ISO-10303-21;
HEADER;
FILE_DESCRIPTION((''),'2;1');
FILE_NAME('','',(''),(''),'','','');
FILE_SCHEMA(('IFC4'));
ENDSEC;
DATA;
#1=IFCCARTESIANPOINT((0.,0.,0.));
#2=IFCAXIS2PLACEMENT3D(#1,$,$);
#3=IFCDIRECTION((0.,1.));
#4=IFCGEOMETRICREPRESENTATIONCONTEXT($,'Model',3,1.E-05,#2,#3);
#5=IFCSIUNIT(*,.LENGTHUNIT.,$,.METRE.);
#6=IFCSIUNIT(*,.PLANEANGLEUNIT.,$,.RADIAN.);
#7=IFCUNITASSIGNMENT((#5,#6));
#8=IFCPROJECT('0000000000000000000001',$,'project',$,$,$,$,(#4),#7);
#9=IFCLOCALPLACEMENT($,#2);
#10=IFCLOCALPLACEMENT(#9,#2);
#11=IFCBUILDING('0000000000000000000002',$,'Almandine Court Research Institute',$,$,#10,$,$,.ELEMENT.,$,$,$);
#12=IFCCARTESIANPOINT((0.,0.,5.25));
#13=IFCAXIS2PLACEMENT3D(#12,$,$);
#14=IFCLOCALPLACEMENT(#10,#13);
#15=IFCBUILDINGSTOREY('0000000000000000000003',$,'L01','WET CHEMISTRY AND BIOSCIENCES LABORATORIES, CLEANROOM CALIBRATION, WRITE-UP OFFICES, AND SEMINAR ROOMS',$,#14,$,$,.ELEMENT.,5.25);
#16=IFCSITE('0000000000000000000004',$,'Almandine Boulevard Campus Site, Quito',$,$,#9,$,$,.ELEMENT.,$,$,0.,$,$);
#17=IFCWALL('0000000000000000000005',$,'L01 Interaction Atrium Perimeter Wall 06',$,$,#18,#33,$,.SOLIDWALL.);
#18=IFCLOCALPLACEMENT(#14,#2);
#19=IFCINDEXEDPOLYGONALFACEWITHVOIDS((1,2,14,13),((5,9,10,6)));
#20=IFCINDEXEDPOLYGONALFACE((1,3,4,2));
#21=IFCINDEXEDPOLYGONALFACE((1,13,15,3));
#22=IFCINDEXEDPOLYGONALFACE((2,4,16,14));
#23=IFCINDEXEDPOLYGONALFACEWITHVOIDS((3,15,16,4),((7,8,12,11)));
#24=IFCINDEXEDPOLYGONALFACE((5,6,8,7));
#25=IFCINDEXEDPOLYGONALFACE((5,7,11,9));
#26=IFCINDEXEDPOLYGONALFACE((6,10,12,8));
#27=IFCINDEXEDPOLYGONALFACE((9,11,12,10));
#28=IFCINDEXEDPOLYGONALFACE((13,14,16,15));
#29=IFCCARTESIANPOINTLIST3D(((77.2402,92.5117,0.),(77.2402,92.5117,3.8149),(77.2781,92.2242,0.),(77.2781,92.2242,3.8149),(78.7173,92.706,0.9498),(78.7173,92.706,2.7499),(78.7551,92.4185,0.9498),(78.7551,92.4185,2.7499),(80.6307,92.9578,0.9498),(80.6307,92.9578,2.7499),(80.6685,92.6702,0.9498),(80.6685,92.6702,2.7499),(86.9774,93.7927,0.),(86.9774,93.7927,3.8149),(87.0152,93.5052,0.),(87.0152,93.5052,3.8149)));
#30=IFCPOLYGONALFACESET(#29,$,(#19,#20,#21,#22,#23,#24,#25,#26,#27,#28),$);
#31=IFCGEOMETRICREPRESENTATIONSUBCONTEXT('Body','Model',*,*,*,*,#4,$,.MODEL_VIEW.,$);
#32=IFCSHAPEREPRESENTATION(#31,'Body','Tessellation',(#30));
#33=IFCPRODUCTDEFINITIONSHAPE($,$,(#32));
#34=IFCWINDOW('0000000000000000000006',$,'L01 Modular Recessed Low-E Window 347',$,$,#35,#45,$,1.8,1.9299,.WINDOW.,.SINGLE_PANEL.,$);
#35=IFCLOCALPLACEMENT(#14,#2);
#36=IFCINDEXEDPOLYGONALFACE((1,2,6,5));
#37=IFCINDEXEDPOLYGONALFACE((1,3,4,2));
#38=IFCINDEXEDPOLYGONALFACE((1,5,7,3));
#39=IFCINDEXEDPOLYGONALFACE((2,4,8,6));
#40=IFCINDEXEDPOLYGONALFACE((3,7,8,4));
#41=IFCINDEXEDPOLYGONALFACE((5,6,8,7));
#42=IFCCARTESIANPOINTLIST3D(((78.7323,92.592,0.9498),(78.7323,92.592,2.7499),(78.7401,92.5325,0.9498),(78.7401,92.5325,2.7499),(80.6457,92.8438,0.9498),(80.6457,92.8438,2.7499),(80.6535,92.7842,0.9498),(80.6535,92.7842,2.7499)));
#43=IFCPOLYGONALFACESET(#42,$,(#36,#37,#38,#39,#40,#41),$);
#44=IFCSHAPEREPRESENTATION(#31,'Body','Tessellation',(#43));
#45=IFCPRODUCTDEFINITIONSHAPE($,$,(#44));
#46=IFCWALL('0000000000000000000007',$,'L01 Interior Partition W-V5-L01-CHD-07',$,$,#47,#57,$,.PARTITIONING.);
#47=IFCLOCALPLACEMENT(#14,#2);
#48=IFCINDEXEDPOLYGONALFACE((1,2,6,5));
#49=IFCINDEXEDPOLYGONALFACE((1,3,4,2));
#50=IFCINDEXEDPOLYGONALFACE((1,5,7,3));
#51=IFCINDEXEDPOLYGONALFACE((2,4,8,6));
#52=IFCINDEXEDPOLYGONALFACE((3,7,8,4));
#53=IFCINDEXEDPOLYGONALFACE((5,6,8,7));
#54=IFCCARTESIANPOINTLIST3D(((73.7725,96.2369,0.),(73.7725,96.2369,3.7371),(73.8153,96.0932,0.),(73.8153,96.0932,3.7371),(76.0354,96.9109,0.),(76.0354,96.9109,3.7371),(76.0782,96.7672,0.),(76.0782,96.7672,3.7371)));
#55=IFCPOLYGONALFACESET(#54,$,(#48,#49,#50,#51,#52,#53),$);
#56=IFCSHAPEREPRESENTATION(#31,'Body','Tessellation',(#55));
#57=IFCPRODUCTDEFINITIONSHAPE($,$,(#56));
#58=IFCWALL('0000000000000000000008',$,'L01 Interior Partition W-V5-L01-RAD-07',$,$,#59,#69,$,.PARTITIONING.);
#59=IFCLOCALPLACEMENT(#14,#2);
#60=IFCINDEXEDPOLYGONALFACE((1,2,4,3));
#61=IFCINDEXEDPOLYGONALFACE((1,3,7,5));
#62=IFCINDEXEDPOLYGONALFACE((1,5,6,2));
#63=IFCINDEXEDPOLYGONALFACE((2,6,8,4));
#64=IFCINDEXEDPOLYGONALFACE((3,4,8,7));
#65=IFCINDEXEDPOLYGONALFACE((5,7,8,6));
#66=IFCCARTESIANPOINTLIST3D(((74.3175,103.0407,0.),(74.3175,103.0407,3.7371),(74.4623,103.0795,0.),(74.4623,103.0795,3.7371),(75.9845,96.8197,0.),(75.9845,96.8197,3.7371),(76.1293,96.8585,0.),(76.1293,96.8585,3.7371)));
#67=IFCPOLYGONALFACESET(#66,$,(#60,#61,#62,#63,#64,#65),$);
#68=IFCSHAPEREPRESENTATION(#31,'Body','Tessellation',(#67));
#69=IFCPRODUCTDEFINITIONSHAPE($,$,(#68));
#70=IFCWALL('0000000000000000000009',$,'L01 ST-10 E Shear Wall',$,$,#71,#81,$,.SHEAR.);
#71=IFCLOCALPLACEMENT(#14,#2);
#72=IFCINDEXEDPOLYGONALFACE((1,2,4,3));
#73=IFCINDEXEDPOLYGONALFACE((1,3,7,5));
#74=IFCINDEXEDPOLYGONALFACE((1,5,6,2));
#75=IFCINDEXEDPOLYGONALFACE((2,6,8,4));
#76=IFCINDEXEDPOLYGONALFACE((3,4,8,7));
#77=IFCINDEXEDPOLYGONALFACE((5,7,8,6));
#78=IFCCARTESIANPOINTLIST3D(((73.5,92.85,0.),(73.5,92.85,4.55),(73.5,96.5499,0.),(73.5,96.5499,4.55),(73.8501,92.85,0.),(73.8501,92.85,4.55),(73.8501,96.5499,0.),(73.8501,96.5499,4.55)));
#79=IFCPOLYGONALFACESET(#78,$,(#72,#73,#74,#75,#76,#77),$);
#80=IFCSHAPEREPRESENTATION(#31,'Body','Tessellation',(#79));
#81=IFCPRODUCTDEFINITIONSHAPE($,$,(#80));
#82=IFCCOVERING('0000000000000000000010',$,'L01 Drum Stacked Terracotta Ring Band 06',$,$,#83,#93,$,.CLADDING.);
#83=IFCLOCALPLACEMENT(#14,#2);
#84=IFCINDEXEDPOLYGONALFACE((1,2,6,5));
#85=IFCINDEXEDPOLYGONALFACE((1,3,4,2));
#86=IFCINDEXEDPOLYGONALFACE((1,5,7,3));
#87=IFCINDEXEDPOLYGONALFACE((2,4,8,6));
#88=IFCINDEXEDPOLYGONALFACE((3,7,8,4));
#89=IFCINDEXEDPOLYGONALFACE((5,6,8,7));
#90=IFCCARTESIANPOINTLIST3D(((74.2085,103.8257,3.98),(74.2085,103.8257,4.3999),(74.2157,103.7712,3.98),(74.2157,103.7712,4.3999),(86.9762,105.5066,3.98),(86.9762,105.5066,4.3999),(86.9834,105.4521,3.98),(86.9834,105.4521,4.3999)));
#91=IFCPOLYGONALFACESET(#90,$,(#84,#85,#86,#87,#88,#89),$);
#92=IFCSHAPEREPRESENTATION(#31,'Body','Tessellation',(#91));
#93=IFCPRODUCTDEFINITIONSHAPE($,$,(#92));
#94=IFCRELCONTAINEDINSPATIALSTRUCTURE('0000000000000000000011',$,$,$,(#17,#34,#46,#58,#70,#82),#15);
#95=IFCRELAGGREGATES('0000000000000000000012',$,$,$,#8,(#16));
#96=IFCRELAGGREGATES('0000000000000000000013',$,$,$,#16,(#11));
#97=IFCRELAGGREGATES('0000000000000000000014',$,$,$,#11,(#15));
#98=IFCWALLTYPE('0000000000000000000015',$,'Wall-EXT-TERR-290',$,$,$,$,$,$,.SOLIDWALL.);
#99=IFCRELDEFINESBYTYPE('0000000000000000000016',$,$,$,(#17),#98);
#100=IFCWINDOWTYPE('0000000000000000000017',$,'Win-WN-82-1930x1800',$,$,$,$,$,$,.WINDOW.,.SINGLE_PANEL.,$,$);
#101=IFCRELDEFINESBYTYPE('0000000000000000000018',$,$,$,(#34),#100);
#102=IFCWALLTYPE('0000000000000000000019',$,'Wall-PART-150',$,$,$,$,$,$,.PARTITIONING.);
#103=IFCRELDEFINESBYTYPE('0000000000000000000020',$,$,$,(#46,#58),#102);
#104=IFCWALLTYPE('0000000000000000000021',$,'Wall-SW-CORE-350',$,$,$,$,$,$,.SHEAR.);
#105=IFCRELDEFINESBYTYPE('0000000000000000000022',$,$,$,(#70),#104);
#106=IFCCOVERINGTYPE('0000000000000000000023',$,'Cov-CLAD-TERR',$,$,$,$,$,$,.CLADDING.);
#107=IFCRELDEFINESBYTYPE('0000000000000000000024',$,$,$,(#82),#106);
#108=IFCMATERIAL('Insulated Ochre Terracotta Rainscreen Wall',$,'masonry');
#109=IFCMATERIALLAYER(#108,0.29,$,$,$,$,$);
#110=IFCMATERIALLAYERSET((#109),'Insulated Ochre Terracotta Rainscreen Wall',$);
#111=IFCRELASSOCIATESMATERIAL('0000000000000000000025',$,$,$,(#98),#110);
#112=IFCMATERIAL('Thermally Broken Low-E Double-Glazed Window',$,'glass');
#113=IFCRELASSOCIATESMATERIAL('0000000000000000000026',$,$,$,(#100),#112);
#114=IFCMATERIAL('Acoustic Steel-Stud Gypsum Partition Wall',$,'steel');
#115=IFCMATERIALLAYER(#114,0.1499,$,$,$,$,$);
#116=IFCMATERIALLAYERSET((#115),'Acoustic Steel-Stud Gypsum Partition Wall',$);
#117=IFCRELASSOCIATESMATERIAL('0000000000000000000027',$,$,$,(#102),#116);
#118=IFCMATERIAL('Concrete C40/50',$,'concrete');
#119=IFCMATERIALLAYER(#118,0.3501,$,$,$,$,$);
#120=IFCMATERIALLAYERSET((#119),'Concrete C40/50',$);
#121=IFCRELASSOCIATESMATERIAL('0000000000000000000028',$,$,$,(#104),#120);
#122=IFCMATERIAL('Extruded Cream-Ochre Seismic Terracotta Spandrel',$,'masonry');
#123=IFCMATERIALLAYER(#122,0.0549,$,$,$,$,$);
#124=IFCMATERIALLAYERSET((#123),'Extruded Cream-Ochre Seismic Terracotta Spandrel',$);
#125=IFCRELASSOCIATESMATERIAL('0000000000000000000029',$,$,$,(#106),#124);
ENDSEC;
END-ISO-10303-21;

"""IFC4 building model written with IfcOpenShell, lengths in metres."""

from ifc_helpers import new_model, si_unit, direction, frame, frame_2d, origin, origin_2d, place, context, subcontext, project, spatial, rectangle, extrude, material, layer, layer_set, type_object, element, fill, save


model = new_model("IFC4")

# Units and contexts
model_context = context("Model", 3, precision=1e-05, world=origin(), true_north=direction((0.0, 1.0)))
body_context = subcontext(model_context, "Body", "Model", "MODEL_VIEW")
ifc_project = project(units=[si_unit("LENGTHUNIT", "METRE"), si_unit("PLANEANGLEUNIT", "RADIAN")], contexts=[model_context])

# Site, building, storey
site_placement = place(None, origin())
site = spatial("IfcSite", under=ifc_project, at=site_placement, Name="Almandine Boulevard Campus Site, Quito", CompositionType="ELEMENT", RefElevation=0.0)
building_placement = place(site_placement, origin())
building = spatial("IfcBuilding", under=site, at=building_placement, Name="Almandine Court Research Institute", CompositionType="ELEMENT")
storey_placement = place(building_placement, frame((0.0, 0.0, 5.25)))
storey = spatial("IfcBuildingStorey", under=building, at=storey_placement, Name="L01", Description="WET CHEMISTRY AND BIOSCIENCES LABORATORIES, CLEANROOM CALIBRATION, WRITE-UP OFFICES, AND SEMINAR ROOMS", CompositionType="ELEMENT", Elevation=5.25)

# Wall, opening, window
ifc_material_1 = material(Name="Insulated Ochre Terracotta Rainscreen Wall", Category="masonry")
ifc_layer_1 = layer(ifc_material_1, 0.29)
ifc_layer_set_1 = layer_set([ifc_layer_1], Name="Insulated Ochre Terracotta Rainscreen Wall")
wall_type_1 = type_object("IfcWallType", Name="Wall-EXT-TERR-290", PredefinedType="SOLIDWALL", material=ifc_layer_set_1)
ifc_material_2 = material(Name="Thermally Broken Low-E Double-Glazed Window", Category="glass")
wall_1_placement = place(storey_placement, frame((77.259, 92.3679, 0.0), z_axis=(0.0, 0.0, 1.0), x_axis=(0.991457, 0.130436, 0.0)))
wall_1 = element("IfcWall", 1, at=wall_1_placement, inside=storey, type_object=wall_type_1, Name="L01 Interaction Atrium Perimeter Wall 06", PredefinedType="SOLIDWALL", context=body_context, shape_type="SweptSolid", body=[
    extrude(rectangle(XDim=9.821, YDim=0.29, at=frame_2d((4.9106, 0.0))), origin(), (0.0, 0.0, 1.0), 3.8149),
])
opening_1_placement = place(wall_1_placement, frame((1.49, 0.0, 0.95)))
opening_1 = element("IfcOpeningElement", 2, at=opening_1_placement, cuts=wall_1, PredefinedType="OPENING", context=body_context, shape_type="SweptSolid", body=[
    extrude(rectangle(XDim=1.9299, YDim=1.8, at=frame_2d((0.9648, 0.8999))), frame((0.0, 0.155, 0.0), z_axis=(0.0, -1.0, 0.0), x_axis=(1.0, 0.0, 0.0)), (0.0, 0.0, 1.0), 0.3101),
])
window_type_1 = type_object("IfcWindowType", Name="Win-WN-82-1930x1800", PartitioningType="SINGLE_PANEL", PredefinedType="WINDOW", material=ifc_material_2)
window_1_placement = place(opening_1_placement, origin())
window_1 = element("IfcWindow", 3, at=window_1_placement, inside=storey, type_object=window_type_1, Name="L01 Modular Recessed Low-E Window 347", OverallHeight=1.8, OverallWidth=1.9299, PartitioningType="SINGLE_PANEL", PredefinedType="WINDOW", context=body_context, shape_type="SweptSolid", body=[
    extrude(rectangle(XDim=1.9299, YDim=1.8, at=frame_2d((0.9648, 0.8999))), frame((0.0, 0.03, 0.0), z_axis=(0.0, -1.0, 0.0), x_axis=(1.0, 0.0, 0.0)), (0.0, 0.0, 1.0), 0.0601),
])
fill(opening_1, window_1)

# Walls
ifc_material_3 = material(Name="Acoustic Steel-Stud Gypsum Partition Wall", Category="steel")
ifc_layer_2 = layer(ifc_material_3, 0.1499)
ifc_layer_set_2 = layer_set([ifc_layer_2], Name="Acoustic Steel-Stud Gypsum Partition Wall")
wall_type_2 = type_object("IfcWallType", Name="Wall-PART-150", PredefinedType="PARTITIONING", material=ifc_layer_set_2)
wall_2_placement = place(storey_placement, frame((76.0569, 96.8391, 0.0), z_axis=(0.0, 0.0, 1.0), x_axis=(-0.958385, -0.285479, 0.0)))
element("IfcWall", 4, at=wall_2_placement, inside=storey, type_object=wall_type_2, Name="L01 Interior Partition W-V5-L01-CHD-07", PredefinedType="PARTITIONING", context=body_context, shape_type="SweptSolid", body=[
    extrude(rectangle(XDim=2.3611, YDim=0.1499, at=frame_2d((1.1807, 0.0))), origin(), (0.0, 0.0, 1.0), 3.7371),
])
wall_3_placement = place(storey_placement, frame((76.0569, 96.8391, 0.0), z_axis=(0.0, 0.0, 1.0), x_axis=(-0.258833, 0.965922, 0.0)))
element("IfcWall", 5, at=wall_3_placement, inside=storey, type_object=wall_type_2, Name="L01 Interior Partition W-V5-L01-RAD-07", PredefinedType="PARTITIONING", context=body_context, shape_type="SweptSolid", body=[
    extrude(rectangle(XDim=6.4404, YDim=0.1499, at=frame_2d((3.2202, 0.0))), origin(), (0.0, 0.0, 1.0), 3.7371),
])
ifc_material_4 = material(Name="Concrete C40/50", Category="concrete")
ifc_layer_3 = layer(ifc_material_4, 0.3501)
ifc_layer_set_3 = layer_set([ifc_layer_3], Name="Concrete C40/50")
wall_type_3 = type_object("IfcWallType", Name="Wall-SW-CORE-350", PredefinedType="SHEAR", material=ifc_layer_set_3)
wall_4_placement = place(storey_placement, frame((73.675, 96.55, 0.0), z_axis=(0.0, 0.0, 1.0), x_axis=(0.0, -1.0, 0.0)))
element("IfcWall", 6, at=wall_4_placement, inside=storey, type_object=wall_type_3, Name="L01 ST-10 E Shear Wall", PredefinedType="SHEAR", context=body_context, shape_type="SweptSolid", body=[
    extrude(rectangle(XDim=3.7, YDim=0.3501, at=frame_2d((1.8501, 0.0))), origin(), (0.0, 0.0, 1.0), 4.55),
])

# Covering
ifc_material_5 = material(Name="Extruded Cream-Ochre Seismic Terracotta Spandrel", Category="masonry")
ifc_layer_4 = layer(ifc_material_5, 0.0549)
ifc_layer_set_4 = layer_set([ifc_layer_4], Name="Extruded Cream-Ochre Seismic Terracotta Spandrel")
covering_type = type_object("IfcCoveringType", Name="Cov-CLAD-TERR", PredefinedType="CLADDING", material=ifc_layer_set_4)
covering_placement = place(storey_placement, frame((80.5959, 104.6389, 3.98), z_axis=(0.0, 0.0, 1.0), x_axis=(0.991445, 0.130526, 0.0)))
element("IfcCovering", 7, at=covering_placement, inside=storey, type_object=covering_type, Name="L01 Drum Stacked Terracotta Ring Band 06", PredefinedType="CLADDING", context=body_context, shape_type="SweptSolid", body=[
    extrude(rectangle(XDim=12.8779, YDim=0.0549, at=origin_2d()), origin(), (0.0, 0.0, 1.0), 0.4199),
])

save(model, "model.ifc")
